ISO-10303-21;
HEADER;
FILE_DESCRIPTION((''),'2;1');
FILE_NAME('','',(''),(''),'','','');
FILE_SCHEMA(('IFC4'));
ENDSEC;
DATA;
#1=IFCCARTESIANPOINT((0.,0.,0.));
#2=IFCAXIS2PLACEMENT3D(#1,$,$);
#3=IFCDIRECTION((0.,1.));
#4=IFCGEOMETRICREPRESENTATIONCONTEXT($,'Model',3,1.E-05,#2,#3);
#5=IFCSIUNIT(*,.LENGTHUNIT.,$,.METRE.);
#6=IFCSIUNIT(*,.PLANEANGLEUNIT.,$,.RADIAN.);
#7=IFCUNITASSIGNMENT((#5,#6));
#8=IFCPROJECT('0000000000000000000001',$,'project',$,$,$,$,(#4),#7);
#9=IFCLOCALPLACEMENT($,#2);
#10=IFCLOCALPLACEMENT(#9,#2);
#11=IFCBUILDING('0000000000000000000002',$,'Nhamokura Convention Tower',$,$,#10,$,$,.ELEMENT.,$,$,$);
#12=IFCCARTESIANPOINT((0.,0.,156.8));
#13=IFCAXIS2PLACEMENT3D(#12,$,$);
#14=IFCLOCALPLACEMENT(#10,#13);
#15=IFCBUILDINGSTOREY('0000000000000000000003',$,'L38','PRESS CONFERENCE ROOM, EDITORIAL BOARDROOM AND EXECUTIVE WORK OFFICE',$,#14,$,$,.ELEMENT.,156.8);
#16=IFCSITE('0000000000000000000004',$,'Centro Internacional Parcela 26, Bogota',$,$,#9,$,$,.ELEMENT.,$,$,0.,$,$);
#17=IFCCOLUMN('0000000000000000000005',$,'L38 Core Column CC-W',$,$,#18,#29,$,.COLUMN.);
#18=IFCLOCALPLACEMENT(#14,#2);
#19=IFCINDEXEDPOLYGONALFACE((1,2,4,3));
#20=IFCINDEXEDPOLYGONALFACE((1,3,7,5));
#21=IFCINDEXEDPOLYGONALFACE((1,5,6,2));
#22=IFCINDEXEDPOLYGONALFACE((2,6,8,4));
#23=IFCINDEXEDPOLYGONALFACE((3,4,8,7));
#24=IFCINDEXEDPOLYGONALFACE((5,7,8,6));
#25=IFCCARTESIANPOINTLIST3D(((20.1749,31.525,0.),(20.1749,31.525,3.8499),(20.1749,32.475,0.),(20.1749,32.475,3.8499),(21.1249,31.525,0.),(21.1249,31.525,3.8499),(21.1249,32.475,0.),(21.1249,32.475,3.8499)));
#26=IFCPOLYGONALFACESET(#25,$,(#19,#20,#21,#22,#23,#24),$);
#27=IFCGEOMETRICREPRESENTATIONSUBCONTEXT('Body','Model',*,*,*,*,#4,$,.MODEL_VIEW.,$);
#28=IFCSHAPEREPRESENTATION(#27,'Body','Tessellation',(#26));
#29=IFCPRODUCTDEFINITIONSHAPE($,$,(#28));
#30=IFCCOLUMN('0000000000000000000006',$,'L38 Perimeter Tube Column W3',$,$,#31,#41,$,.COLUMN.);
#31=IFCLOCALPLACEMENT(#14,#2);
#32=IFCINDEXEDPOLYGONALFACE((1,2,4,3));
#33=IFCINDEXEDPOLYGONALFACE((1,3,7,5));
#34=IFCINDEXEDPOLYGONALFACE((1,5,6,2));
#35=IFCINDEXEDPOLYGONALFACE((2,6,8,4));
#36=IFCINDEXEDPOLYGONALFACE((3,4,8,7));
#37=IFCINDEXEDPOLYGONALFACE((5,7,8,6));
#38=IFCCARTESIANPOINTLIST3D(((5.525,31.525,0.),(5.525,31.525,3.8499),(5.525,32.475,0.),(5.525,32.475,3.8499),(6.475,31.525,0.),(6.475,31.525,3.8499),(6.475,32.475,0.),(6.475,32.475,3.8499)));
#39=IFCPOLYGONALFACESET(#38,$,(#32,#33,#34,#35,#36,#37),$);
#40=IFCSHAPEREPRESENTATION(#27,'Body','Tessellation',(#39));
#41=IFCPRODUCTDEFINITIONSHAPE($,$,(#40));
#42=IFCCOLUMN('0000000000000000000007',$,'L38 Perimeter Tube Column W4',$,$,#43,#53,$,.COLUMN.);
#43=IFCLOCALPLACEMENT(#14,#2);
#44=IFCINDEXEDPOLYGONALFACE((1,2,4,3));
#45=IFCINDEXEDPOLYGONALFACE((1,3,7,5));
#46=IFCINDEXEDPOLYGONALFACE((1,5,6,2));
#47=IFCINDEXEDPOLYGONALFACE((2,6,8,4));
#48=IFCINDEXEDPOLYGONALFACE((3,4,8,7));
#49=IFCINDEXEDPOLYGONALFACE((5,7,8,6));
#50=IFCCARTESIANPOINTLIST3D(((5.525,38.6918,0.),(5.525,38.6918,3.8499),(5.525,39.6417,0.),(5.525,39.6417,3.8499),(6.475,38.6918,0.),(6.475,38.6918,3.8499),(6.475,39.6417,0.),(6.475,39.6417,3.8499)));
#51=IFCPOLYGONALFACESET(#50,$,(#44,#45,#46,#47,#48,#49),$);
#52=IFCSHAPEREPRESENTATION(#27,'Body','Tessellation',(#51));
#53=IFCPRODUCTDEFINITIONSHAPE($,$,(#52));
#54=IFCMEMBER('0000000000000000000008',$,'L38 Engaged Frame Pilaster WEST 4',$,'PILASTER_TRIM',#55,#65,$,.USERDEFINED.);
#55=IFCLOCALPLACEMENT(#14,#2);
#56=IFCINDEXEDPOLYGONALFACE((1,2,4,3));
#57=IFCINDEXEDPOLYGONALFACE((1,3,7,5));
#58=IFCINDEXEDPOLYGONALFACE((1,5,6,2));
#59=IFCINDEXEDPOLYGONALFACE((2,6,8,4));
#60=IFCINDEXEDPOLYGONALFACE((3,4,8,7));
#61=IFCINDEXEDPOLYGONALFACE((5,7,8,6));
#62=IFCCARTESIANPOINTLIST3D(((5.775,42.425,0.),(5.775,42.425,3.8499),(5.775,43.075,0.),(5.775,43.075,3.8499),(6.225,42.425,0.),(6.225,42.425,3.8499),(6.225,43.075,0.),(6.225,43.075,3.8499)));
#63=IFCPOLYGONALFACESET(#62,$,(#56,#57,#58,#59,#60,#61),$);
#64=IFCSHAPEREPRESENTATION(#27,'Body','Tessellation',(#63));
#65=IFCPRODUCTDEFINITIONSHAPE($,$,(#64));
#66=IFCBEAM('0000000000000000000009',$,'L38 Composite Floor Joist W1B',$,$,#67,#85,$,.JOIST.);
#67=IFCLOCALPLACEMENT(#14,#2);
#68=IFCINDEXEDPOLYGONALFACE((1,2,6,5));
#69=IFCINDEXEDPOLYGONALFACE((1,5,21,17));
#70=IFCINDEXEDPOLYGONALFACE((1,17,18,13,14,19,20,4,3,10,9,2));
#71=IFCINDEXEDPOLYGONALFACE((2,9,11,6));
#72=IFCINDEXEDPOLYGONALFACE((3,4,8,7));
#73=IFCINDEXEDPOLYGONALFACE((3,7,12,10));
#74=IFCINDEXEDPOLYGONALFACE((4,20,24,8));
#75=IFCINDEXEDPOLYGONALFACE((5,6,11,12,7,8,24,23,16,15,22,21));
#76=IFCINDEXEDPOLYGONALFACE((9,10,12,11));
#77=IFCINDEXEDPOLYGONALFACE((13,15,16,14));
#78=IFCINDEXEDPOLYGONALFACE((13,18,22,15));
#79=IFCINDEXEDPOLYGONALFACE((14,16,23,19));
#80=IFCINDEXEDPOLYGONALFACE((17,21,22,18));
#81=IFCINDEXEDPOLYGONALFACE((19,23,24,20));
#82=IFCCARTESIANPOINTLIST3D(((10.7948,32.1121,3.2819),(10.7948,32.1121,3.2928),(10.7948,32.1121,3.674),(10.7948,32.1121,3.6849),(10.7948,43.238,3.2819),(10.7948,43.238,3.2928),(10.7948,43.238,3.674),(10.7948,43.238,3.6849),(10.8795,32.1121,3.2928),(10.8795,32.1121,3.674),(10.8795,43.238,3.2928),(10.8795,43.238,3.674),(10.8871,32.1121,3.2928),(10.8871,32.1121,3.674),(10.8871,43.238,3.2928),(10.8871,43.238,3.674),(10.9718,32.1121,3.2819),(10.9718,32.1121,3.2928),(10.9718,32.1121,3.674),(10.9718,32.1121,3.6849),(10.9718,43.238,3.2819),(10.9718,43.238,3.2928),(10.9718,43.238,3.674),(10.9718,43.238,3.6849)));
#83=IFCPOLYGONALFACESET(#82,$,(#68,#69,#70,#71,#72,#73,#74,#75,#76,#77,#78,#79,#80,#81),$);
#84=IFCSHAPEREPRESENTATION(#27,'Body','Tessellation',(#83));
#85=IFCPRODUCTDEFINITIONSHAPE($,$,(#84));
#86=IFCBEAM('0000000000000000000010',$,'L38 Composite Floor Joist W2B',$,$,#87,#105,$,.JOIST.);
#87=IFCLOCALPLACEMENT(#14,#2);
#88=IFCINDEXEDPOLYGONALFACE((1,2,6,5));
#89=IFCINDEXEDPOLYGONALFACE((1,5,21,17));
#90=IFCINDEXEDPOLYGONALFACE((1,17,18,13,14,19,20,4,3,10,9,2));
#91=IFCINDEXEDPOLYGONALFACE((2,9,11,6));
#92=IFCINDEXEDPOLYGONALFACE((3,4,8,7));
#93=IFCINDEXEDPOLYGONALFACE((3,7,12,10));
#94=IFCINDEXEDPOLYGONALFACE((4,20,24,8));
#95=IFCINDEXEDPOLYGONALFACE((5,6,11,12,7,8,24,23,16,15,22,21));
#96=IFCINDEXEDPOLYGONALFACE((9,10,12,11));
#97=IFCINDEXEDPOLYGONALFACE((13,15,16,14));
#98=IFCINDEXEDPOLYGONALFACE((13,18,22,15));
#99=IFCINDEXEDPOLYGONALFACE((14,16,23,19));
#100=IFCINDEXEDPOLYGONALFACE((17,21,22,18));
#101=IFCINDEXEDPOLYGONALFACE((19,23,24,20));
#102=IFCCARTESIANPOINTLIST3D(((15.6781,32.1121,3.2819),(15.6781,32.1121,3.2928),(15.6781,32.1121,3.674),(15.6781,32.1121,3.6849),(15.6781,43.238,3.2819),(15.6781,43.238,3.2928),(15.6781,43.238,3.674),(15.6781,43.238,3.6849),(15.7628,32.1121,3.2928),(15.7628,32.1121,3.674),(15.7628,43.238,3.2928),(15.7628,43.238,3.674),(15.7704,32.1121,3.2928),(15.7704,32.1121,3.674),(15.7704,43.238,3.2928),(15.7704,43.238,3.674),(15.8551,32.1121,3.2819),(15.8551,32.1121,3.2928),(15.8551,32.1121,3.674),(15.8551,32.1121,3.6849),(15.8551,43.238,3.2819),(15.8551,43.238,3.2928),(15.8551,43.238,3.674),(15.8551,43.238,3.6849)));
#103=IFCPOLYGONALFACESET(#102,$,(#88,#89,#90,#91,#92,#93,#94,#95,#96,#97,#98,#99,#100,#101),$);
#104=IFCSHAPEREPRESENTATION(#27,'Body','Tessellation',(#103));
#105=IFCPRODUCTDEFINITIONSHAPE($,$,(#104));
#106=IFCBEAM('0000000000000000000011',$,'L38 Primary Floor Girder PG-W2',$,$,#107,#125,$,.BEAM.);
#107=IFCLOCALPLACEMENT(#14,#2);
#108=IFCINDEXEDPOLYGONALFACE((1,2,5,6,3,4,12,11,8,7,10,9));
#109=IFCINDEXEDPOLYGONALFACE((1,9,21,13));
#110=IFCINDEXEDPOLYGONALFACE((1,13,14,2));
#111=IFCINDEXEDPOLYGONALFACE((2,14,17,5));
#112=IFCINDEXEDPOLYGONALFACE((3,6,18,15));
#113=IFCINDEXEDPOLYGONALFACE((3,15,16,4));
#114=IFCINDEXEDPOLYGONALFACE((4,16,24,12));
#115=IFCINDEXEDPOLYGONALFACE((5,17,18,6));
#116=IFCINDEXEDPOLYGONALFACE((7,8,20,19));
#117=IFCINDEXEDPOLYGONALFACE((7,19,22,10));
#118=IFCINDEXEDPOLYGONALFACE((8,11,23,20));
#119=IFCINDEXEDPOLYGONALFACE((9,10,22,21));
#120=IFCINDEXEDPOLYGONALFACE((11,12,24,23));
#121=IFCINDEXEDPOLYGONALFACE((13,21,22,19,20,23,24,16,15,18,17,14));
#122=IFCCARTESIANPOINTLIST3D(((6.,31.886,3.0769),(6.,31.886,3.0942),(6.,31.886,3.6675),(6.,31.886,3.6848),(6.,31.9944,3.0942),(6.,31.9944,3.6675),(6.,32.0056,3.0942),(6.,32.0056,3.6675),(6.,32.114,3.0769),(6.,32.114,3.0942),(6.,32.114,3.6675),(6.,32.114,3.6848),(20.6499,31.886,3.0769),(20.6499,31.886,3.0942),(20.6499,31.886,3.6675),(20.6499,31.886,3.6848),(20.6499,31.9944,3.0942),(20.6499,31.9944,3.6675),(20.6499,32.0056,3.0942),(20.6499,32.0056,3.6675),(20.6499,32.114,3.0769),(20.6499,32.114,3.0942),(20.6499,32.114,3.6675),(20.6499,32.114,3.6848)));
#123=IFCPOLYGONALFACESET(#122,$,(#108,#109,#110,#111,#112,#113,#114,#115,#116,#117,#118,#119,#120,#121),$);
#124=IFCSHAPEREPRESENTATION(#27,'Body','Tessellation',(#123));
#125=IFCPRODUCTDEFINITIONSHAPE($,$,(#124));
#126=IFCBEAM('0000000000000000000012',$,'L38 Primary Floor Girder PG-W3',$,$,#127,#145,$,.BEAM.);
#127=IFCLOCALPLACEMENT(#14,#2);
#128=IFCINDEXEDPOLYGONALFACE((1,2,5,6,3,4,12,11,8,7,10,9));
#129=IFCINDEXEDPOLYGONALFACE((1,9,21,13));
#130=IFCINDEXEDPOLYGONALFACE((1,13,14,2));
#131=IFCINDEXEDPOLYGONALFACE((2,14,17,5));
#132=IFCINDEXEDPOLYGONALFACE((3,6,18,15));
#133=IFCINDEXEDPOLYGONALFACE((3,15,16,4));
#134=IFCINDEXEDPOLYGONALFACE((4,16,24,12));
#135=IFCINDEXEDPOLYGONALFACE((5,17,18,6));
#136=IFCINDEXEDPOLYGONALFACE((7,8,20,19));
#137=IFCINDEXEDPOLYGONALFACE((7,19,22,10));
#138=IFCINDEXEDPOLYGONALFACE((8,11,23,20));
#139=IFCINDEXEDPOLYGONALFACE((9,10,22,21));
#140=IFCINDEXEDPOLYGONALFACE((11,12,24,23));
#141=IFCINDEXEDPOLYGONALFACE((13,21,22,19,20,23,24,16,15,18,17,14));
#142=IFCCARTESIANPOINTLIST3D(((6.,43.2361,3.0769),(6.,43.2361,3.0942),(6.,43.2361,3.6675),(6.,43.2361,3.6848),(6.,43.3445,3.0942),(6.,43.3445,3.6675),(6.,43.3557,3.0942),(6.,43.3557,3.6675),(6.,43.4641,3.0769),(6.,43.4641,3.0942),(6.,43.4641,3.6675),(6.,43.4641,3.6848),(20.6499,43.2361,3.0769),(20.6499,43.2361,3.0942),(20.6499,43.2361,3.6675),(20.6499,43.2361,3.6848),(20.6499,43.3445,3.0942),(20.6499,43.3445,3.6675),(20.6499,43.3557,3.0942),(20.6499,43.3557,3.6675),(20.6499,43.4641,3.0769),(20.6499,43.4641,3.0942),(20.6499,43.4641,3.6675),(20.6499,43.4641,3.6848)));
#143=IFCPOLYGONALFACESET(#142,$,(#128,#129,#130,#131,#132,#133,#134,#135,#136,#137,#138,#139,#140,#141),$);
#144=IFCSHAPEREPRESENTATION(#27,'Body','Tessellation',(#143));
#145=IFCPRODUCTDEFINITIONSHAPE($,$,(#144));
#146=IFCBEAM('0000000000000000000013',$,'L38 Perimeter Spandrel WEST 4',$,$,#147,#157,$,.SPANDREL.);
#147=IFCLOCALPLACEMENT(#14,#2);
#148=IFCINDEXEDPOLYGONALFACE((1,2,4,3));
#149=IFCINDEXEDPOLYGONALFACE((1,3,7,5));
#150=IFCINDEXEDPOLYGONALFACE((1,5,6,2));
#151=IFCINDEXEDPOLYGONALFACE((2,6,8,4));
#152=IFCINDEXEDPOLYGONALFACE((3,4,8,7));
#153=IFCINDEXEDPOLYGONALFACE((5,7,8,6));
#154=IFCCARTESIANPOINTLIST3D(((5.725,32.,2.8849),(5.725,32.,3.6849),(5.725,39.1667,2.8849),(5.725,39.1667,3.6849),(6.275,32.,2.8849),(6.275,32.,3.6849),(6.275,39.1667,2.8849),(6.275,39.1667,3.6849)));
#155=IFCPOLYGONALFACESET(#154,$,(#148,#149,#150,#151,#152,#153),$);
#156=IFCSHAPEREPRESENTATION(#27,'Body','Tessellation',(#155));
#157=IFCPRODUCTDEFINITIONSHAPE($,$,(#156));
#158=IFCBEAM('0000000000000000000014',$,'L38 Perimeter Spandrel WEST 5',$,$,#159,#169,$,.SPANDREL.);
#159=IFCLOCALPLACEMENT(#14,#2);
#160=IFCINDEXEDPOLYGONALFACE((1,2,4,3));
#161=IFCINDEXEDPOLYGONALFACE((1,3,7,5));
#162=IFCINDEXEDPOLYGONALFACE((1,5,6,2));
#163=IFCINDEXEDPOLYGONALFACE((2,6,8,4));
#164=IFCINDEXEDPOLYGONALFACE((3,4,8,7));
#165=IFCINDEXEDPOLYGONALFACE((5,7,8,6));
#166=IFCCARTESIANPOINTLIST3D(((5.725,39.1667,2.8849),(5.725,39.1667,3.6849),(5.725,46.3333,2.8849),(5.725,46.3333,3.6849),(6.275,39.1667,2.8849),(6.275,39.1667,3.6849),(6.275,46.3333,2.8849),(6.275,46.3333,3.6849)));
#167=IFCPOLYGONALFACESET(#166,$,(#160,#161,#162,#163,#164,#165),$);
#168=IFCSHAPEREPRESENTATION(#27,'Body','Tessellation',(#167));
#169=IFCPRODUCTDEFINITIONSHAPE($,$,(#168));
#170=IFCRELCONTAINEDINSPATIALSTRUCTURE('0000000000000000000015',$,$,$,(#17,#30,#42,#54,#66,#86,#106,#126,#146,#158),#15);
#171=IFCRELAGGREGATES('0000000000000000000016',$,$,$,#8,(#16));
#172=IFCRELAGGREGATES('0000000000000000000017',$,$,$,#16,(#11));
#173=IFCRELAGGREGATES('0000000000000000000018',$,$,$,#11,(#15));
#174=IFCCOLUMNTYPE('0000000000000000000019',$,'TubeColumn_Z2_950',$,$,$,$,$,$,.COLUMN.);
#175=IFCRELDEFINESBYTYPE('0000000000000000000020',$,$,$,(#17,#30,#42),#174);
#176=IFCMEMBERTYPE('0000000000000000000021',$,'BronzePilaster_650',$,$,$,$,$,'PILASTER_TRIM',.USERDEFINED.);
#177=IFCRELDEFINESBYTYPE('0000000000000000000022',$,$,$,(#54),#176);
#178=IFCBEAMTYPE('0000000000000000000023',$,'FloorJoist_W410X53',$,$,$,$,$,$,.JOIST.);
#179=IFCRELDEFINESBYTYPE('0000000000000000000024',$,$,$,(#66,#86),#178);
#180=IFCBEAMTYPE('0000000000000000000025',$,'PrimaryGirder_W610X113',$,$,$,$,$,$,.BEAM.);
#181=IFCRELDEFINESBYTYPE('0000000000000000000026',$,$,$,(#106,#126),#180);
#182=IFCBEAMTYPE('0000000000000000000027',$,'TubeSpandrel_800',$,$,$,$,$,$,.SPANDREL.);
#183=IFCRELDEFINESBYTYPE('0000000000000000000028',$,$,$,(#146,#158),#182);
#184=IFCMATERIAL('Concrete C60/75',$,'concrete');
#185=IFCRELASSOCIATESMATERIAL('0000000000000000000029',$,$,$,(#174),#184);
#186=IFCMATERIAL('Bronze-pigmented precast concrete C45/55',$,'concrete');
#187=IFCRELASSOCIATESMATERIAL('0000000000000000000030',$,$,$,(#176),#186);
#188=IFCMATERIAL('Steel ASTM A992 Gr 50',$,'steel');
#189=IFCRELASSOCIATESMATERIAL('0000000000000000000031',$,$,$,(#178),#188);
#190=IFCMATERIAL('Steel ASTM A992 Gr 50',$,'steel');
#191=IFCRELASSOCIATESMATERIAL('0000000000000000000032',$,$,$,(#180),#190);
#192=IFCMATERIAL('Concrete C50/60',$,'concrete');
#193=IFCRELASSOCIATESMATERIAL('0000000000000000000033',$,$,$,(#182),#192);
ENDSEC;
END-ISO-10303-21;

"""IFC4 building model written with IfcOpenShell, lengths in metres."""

from ifc_helpers import new_model, si_unit, direction, frame, origin, origin_2d, place, context, subcontext, project, spatial, rectangle, i_section, extrude, material, material_profile, profile_set, type_object, element, save


model = new_model("IFC4")

# Units and contexts
model_context = context("Model", 3, precision=1e-05, world=origin(), true_north=direction((0.0, 1.0)))
body_context = subcontext(model_context, "Body", "Model", "MODEL_VIEW")
ifc_project = project(units=[si_unit("LENGTHUNIT", "METRE"), si_unit("PLANEANGLEUNIT", "RADIAN")], contexts=[model_context])

# Site, building, storey
site_placement = place(None, origin())
site = spatial("IfcSite", under=ifc_project, at=site_placement, Name="Centro Internacional Parcela 26, Bogota", CompositionType="ELEMENT", RefElevation=0.0)
building_placement = place(site_placement, origin())
building = spatial("IfcBuilding", under=site, at=building_placement, Name="Nhamokura Convention Tower", CompositionType="ELEMENT")
storey_placement = place(building_placement, frame((0.0, 0.0, 156.8)))
storey = spatial("IfcBuildingStorey", under=building, at=storey_placement, Name="L38", Description="PRESS CONFERENCE ROOM, EDITORIAL BOARDROOM AND EXECUTIVE WORK OFFICE", CompositionType="ELEMENT", Elevation=156.8)

# Columns
ifc_material_1 = material(Name="Concrete C60/75", Category="concrete")
ifc_material_profile_1 = material_profile(ifc_material_1, rectangle(XDim=0.95, YDim=0.95, at=origin_2d()))
ifc_profile_set_1 = profile_set([ifc_material_profile_1], Name="Concrete C60/75")
column_type = type_object("IfcColumnType", Name="TubeColumn_Z2_950", PredefinedType="COLUMN", material=ifc_profile_set_1)
for number, where, z_axis, x_axis, name in (
    (1, (20.6499, 32.0, 0.0), (0.0, 0.0, 1.0), (1.0, 0.0, 0.0), "L38 Core Column CC-W"),
    (2, (6.0, 32.0, 0.0), (0.0, 0.0, 1.0), (1.0, 0.0, 0.0), "L38 Perimeter Tube Column W3"),
    (3, (6.0, 39.1667, 0.0), (0.0, 0.0, 1.0), (1.0, 0.0, 0.0), "L38 Perimeter Tube Column W4"),
):
    element("IfcColumn", number, at=place(storey_placement, frame(where, z_axis=z_axis, x_axis=x_axis)), inside=storey, type_object=column_type, Name=name, PredefinedType="COLUMN", context=body_context, shape_type="SweptSolid", body=[
        extrude(rectangle(XDim=0.95, YDim=0.95, at=origin_2d()), origin(), (0.0, 0.0, 1.0), 3.8499),
    ])

# Member
ifc_material_2 = material(Name="Bronze-pigmented precast concrete C45/55", Category="concrete")
ifc_material_profile_2 = material_profile(ifc_material_2, rectangle(XDim=0.45, YDim=0.6499, at=origin_2d()))
ifc_profile_set_2 = profile_set([ifc_material_profile_2], Name="Bronze-pigmented precast concrete C45/55")
member_type = type_object("IfcMemberType", Name="BronzePilaster_650", ElementType="PILASTER_TRIM", PredefinedType="USERDEFINED", material=ifc_profile_set_2)
member_placement = place(storey_placement, frame((6.0, 42.75, 0.0), z_axis=(0.0, 0.0, 1.0), x_axis=(1.0, 0.0, 0.0)))
element("IfcMember", 4, at=member_placement, inside=storey, type_object=member_type, Name="L38 Engaged Frame Pilaster WEST 4", ObjectType="PILASTER_TRIM", PredefinedType="USERDEFINED", context=body_context, shape_type="SweptSolid", body=[
    extrude(rectangle(XDim=0.45, YDim=0.6499, at=origin_2d()), origin(), (0.0, 0.0, 1.0), 3.8499),
])

# Beams
ifc_material_3 = material(Name="Steel ASTM A992 Gr 50", Category="steel")
ifc_material_profile_3 = material_profile(ifc_material_3, i_section(OverallWidth=0.177, OverallDepth=0.4031, WebThickness=0.0076, FlangeThickness=0.011, at=origin_2d()))
ifc_profile_set_3 = profile_set([ifc_material_profile_3], Name="Steel ASTM A992 Gr 50")
beam_type_1 = type_object("IfcBeamType", Name="FloorJoist_W410X53", PredefinedType="JOIST", material=ifc_profile_set_3)
for number, where, z_axis, x_axis, name in (
    (5, (10.8833, 32.1121, 3.4834), (0.0, 1.0, 0.0), (-1.0, 0.0, 0.0), "L38 Composite Floor Joist W1B"),
    (6, (15.7666, 32.1121, 3.4834), (0.0, 1.0, 0.0), (-1.0, 0.0, 0.0), "L38 Composite Floor Joist W2B"),
):
    element("IfcBeam", number, at=place(storey_placement, frame(where, z_axis=z_axis, x_axis=x_axis)), inside=storey, type_object=beam_type_1, Name=name, PredefinedType="JOIST", context=body_context, shape_type="SweptSolid", body=[
        extrude(i_section(OverallWidth=0.177, OverallDepth=0.4031, WebThickness=0.0076, FlangeThickness=0.011, at=origin_2d()), origin(), (0.0, 0.0, 1.0), 11.126),
    ])
ifc_material_4 = material(Name="Steel ASTM A992 Gr 50", Category="steel")
ifc_material_profile_4 = material_profile(ifc_material_4, i_section(OverallWidth=0.228, OverallDepth=0.6079, WebThickness=0.0112, FlangeThickness=0.0173, at=origin_2d()))
ifc_profile_set_4 = profile_set([ifc_material_profile_4], Name="Steel ASTM A992 Gr 50")
beam_type_2 = type_object("IfcBeamType", Name="PrimaryGirder_W610X113", PredefinedType="BEAM", material=ifc_profile_set_4)
for number, where, z_axis, x_axis, name in (
    (7, (6.0, 32.0, 3.3809), (1.0, 0.0, 0.0), (0.0, 1.0, 0.0), "L38 Primary Floor Girder PG-W2"),
    (8, (6.0, 43.3501, 3.3809), (1.0, 0.0, 0.0), (0.0, 1.0, 0.0), "L38 Primary Floor Girder PG-W3"),
):
    element("IfcBeam", number, at=place(storey_placement, frame(where, z_axis=z_axis, x_axis=x_axis)), inside=storey, type_object=beam_type_2, Name=name, PredefinedType="BEAM", context=body_context, shape_type="SweptSolid", body=[
        extrude(i_section(OverallWidth=0.228, OverallDepth=0.6079, WebThickness=0.0112, FlangeThickness=0.0173, at=origin_2d()), origin(), (0.0, 0.0, 1.0), 14.6499),
    ])
ifc_material_5 = material(Name="Concrete C50/60", Category="concrete")
ifc_material_profile_5 = material_profile(ifc_material_5, rectangle(XDim=0.55, YDim=0.8, at=origin_2d()))
ifc_profile_set_5 = profile_set([ifc_material_profile_5], Name="Concrete C50/60")
beam_type_3 = type_object("IfcBeamType", Name="TubeSpandrel_800", PredefinedType="SPANDREL", material=ifc_profile_set_5)
beam_1_placement = place(storey_placement, frame((6.0, 32.0, 3.2849), z_axis=(0.0, 1.0, 0.0), x_axis=(-1.0, 0.0, 0.0)))
element("IfcBeam", 9, at=beam_1_placement, inside=storey, type_object=beam_type_3, Name="L38 Perimeter Spandrel WEST 4", PredefinedType="SPANDREL", context=body_context, shape_type="SweptSolid", body=[
    extrude(rectangle(XDim=0.55, YDim=0.8, at=origin_2d()), origin(), (0.0, 0.0, 1.0), 7.1667),
])
beam_2_placement = place(storey_placement, frame((6.0, 39.1667, 3.2849), z_axis=(0.0, 1.0, 0.0), x_axis=(-1.0, 0.0, 0.0)))
element("IfcBeam", 10, at=beam_2_placement, inside=storey, type_object=beam_type_3, Name="L38 Perimeter Spandrel WEST 5", PredefinedType="SPANDREL", context=body_context, shape_type="SweptSolid", body=[
    extrude(rectangle(XDim=0.55, YDim=0.8, at=origin_2d()), origin(), (0.0, 0.0, 1.0), 7.1665),
])

save(model, "model.ifc")
